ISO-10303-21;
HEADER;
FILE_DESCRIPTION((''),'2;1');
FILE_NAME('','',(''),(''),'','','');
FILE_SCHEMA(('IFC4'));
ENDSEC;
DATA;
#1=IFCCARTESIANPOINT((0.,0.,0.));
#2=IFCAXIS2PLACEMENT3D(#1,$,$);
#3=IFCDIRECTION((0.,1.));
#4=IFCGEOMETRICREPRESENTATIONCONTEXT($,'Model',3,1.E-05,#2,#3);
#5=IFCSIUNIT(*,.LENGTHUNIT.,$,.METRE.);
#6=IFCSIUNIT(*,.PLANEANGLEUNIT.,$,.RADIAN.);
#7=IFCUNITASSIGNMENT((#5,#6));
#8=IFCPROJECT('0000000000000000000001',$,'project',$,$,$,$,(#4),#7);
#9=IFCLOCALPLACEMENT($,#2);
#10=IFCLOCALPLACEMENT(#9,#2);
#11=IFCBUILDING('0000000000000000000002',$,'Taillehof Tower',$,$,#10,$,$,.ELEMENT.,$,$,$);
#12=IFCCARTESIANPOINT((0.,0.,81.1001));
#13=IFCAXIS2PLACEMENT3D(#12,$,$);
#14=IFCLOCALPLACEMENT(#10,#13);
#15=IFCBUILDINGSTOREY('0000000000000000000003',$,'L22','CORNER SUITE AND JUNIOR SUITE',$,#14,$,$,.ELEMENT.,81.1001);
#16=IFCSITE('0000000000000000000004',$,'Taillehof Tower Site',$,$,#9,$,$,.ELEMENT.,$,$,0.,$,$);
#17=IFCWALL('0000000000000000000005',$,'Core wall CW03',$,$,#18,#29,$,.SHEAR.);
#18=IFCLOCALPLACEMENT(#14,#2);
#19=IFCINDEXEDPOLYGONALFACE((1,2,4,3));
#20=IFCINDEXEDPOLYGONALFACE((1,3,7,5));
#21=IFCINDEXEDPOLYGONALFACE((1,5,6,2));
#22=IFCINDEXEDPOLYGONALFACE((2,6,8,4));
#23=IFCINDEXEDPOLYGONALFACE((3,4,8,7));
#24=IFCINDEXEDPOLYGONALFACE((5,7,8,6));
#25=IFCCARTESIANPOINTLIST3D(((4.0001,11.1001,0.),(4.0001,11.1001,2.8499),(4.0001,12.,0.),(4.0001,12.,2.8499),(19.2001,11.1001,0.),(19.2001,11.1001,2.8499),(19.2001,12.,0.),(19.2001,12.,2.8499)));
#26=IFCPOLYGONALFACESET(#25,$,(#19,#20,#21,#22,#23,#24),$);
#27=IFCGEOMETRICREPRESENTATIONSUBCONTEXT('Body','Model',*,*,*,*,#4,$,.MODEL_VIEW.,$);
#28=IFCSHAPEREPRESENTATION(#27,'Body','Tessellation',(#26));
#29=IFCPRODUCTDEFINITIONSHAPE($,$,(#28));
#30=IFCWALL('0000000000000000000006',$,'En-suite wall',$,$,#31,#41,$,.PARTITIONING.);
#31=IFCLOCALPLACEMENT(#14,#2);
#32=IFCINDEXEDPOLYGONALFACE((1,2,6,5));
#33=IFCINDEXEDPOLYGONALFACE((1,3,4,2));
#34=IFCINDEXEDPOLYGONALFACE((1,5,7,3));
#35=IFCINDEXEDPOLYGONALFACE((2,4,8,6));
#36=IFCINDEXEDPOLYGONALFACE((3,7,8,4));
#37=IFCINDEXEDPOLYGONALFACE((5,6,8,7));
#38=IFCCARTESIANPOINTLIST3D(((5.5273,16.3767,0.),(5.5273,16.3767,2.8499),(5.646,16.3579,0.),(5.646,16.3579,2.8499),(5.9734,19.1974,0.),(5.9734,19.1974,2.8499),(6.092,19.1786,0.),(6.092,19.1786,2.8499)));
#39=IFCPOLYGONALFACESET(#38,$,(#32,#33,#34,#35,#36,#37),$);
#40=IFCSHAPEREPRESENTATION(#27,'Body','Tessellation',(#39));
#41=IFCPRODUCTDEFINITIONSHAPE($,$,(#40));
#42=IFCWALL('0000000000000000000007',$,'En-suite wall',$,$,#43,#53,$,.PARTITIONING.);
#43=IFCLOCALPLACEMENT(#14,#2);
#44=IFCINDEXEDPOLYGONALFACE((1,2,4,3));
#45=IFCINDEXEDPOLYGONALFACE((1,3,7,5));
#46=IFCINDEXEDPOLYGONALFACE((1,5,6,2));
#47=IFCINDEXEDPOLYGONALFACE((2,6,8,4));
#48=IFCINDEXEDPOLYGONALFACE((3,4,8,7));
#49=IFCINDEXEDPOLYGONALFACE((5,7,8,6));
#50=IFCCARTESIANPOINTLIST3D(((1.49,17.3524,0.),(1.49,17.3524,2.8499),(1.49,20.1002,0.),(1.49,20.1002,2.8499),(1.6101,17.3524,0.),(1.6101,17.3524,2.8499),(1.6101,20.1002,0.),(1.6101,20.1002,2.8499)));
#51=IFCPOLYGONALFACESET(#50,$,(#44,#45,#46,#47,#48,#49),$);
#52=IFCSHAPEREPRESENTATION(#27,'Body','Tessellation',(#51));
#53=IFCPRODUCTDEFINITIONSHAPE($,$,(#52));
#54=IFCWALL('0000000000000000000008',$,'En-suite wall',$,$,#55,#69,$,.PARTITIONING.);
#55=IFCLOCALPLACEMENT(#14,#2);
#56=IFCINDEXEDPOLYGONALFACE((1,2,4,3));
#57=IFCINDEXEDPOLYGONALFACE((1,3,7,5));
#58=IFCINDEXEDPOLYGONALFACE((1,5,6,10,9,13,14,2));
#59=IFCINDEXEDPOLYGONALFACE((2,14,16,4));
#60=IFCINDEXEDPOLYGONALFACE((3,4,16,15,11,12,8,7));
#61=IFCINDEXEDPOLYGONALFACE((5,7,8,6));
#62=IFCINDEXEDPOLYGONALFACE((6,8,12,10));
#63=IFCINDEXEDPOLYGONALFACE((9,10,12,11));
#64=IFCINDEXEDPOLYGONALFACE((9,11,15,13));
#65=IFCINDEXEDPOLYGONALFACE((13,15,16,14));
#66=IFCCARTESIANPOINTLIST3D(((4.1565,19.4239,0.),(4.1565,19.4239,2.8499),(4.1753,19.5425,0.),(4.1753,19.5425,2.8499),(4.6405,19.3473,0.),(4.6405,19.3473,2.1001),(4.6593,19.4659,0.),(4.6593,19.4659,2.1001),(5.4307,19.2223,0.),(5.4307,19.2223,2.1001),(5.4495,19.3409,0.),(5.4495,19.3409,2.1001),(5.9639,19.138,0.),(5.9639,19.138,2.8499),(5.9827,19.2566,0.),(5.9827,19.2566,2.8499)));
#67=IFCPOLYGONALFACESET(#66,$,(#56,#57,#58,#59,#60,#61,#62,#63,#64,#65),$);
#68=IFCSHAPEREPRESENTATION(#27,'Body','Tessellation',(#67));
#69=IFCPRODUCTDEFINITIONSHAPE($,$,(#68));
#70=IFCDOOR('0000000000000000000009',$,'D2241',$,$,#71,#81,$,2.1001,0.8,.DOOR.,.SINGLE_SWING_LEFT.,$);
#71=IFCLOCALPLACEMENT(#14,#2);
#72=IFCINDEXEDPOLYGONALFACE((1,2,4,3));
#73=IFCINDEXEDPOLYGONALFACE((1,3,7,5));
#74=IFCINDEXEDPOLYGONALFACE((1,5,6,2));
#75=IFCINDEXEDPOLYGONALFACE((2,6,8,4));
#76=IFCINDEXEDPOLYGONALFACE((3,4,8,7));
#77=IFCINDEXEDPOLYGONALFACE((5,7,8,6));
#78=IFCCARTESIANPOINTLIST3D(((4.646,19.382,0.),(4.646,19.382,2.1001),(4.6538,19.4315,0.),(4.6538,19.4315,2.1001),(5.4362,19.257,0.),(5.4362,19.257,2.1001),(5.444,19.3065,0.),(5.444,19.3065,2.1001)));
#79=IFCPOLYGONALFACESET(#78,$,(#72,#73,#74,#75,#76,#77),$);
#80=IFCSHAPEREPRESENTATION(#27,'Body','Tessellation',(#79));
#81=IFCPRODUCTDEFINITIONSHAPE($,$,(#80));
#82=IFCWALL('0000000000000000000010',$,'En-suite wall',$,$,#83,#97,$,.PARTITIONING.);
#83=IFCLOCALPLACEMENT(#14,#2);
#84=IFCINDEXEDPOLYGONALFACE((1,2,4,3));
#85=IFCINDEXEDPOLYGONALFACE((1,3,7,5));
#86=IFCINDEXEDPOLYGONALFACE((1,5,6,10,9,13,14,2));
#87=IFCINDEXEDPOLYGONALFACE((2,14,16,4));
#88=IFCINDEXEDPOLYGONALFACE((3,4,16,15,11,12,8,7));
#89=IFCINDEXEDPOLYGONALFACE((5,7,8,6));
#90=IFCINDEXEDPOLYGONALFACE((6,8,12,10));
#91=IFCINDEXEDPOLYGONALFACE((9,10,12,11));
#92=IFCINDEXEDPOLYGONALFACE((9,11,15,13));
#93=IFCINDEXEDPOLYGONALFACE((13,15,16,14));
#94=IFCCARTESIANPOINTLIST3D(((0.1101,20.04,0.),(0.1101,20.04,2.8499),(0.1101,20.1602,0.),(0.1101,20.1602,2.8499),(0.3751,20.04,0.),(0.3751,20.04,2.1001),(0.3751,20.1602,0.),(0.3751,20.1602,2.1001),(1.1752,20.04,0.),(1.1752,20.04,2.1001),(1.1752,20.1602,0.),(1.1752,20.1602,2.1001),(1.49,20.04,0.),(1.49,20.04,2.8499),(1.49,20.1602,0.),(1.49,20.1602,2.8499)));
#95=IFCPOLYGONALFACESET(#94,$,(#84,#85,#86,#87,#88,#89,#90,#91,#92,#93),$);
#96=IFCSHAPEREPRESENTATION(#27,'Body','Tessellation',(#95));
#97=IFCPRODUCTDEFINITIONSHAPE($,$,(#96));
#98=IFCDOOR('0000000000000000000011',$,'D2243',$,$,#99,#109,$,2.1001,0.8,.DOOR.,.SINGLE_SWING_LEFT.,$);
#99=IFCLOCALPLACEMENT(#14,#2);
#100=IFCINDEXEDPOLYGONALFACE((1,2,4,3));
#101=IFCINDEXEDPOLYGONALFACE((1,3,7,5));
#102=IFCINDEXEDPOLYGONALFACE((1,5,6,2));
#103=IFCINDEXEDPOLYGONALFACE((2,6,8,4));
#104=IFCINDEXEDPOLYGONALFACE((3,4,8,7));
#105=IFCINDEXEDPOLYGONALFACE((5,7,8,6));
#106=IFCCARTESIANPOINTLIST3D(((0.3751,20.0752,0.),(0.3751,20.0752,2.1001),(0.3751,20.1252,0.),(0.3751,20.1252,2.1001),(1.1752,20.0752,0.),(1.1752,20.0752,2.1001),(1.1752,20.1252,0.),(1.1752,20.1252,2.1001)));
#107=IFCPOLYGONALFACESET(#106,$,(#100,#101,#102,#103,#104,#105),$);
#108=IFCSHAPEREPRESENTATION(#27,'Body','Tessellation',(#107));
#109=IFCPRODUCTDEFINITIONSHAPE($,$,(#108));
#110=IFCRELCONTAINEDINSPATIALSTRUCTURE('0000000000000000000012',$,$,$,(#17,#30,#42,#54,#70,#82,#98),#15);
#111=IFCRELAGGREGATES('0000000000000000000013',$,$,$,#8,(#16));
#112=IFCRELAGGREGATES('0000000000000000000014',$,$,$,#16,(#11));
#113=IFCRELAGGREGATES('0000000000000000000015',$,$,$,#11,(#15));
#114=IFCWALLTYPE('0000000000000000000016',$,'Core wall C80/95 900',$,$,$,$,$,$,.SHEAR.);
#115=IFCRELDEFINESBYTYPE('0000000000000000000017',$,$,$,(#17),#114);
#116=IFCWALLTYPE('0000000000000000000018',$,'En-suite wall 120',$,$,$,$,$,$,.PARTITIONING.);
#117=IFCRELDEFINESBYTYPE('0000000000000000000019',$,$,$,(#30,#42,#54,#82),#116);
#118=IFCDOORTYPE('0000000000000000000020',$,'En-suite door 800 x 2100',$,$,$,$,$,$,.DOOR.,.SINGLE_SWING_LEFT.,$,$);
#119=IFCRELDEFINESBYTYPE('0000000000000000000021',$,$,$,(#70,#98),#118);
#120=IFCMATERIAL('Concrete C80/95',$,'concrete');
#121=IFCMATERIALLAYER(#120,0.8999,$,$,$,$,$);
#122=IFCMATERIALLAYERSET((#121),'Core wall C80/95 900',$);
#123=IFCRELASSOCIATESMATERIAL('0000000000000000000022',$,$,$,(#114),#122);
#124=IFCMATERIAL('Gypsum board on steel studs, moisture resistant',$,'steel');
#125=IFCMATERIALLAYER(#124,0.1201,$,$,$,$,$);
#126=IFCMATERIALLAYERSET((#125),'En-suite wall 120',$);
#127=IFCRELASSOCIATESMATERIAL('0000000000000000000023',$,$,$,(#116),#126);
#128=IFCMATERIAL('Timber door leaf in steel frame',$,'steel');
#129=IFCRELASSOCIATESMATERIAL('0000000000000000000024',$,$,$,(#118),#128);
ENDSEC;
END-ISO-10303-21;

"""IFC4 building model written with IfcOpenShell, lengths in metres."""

from ifc_helpers import new_model, si_unit, direction, frame, frame_2d, origin, place, context, subcontext, project, spatial, rectangle, extrude, material, layer, layer_set, type_object, element, fill, save


model = new_model("IFC4")

# Units and contexts
model_context = context("Model", 3, precision=1e-05, world=origin(), true_north=direction((0.0, 1.0)))
body_context = subcontext(model_context, "Body", "Model", "MODEL_VIEW")
ifc_project = project(units=[si_unit("LENGTHUNIT", "METRE"), si_unit("PLANEANGLEUNIT", "RADIAN")], contexts=[model_context])

# Site, building, storey
site_placement = place(None, origin())
site = spatial("IfcSite", under=ifc_project, at=site_placement, Name="Taillehof Tower Site", CompositionType="ELEMENT", RefElevation=0.0)
building_placement = place(site_placement, origin())
building = spatial("IfcBuilding", under=site, at=building_placement, Name="Taillehof Tower", CompositionType="ELEMENT")
storey_placement = place(building_placement, frame((0.0, 0.0, 81.1001)))
storey = spatial("IfcBuildingStorey", under=building, at=storey_placement, Name="L22", Description="CORNER SUITE AND JUNIOR SUITE", CompositionType="ELEMENT", Elevation=81.1001)

# Walls
ifc_material_1 = material(Name="Concrete C80/95", Category="concrete")
ifc_layer_1 = layer(ifc_material_1, 0.8999)
ifc_layer_set_1 = layer_set([ifc_layer_1], Name="Core wall C80/95 900")
wall_type_1 = type_object("IfcWallType", Name="Core wall C80/95 900", PredefinedType="SHEAR", material=ifc_layer_set_1)
wall_1_placement = place(storey_placement, frame((4.0, 11.55, 0.0), z_axis=(0.0, 0.0, 1.0), x_axis=(1.0, 0.0, 0.0)))
element("IfcWall", 1, at=wall_1_placement, inside=storey, type_object=wall_type_1, Name="Core wall CW03", PredefinedType="SHEAR", context=body_context, shape_type="SweptSolid", body=[
    extrude(rectangle(XDim=15.2, YDim=0.8999, at=frame_2d((7.6001, 0.0))), origin(), (0.0, 0.0, 1.0), 2.8499),
])
ifc_material_2 = material(Name="Gypsum board on steel studs, moisture resistant", Category="steel")
ifc_layer_2 = layer(ifc_material_2, 0.1201)
ifc_layer_set_2 = layer_set([ifc_layer_2], Name="En-suite wall 120")
wall_type_2 = type_object("IfcWallType", Name="En-suite wall 120", PredefinedType="PARTITIONING", material=ifc_layer_set_2)
wall_2_placement = place(storey_placement, frame((5.5867, 16.3674, 0.0), z_axis=(0.0, 0.0, 1.0), x_axis=(0.1562, 0.987726, 0.0)))
element("IfcWall", 2, at=wall_2_placement, inside=storey, type_object=wall_type_2, Name="En-suite wall", PredefinedType="PARTITIONING", context=body_context, shape_type="SweptSolid", body=[
    extrude(rectangle(XDim=2.8557, YDim=0.1201, at=frame_2d((1.4277, 0.0))), origin(), (0.0, 0.0, 1.0), 2.8499),
])
wall_3_placement = place(storey_placement, frame((1.55, 17.3523, 0.0), z_axis=(0.0, 0.0, 1.0), x_axis=(0.0, 1.0, 0.0)))
element("IfcWall", 3, at=wall_3_placement, inside=storey, type_object=wall_type_2, Name="En-suite wall", PredefinedType="PARTITIONING", context=body_context, shape_type="SweptSolid", body=[
    extrude(rectangle(XDim=2.7478, YDim=0.1201, at=frame_2d((1.374, 0.0))), origin(), (0.0, 0.0, 1.0), 2.8499),
])

# Walls, openings, doors
wall_4_placement = place(storey_placement, frame((5.9734, 19.1973, 0.0), z_axis=(0.0, 0.0, 1.0), x_axis=(-0.98772, 0.156237, 0.0)))
wall_4 = element("IfcWall", 4, at=wall_4_placement, inside=storey, type_object=wall_type_2, Name="En-suite wall", PredefinedType="PARTITIONING", context=body_context, shape_type="SweptSolid", body=[
    extrude(rectangle(XDim=1.8298, YDim=0.1201, at=frame_2d((0.915, 0.0))), origin(), (0.0, 0.0, 1.0), 2.8499),
])
opening_1_placement = place(wall_4_placement, frame((0.54, 0.0, 0.0)))
opening_1 = element("IfcOpeningElement", 5, at=opening_1_placement, cuts=wall_4, PredefinedType="OPENING", context=body_context, shape_type="SweptSolid", body=[
    extrude(rectangle(XDim=0.8, YDim=2.1001, at=frame_2d((0.3999, 1.05))), frame((0.0, 0.0701, 0.0), z_axis=(0.0, -1.0, 0.0), x_axis=(1.0, 0.0, 0.0)), (0.0, 0.0, 1.0), 0.1401),
])
ifc_material_3 = material(Name="Timber door leaf in steel frame", Category="steel")
door_type_1 = type_object("IfcDoorType", Name="En-suite door 800 x 2100", OperationType="SINGLE_SWING_LEFT", PredefinedType="DOOR", material=ifc_material_3)
door_1_placement = place(opening_1_placement, origin())
door_1 = element("IfcDoor", 6, at=door_1_placement, inside=storey, type_object=door_type_1, Name="D2241", OperationType="SINGLE_SWING_LEFT", OverallHeight=2.1001, OverallWidth=0.8, PredefinedType="DOOR", context=body_context, shape_type="SweptSolid", body=[
    extrude(rectangle(XDim=0.8, YDim=2.1001, at=frame_2d((0.3999, 1.05))), frame((0.0, 0.0249, 0.0), z_axis=(0.0, -1.0, 0.0), x_axis=(1.0, 0.0, 0.0)), (0.0, 0.0, 1.0), 0.05),
])
fill(opening_1, door_1)
wall_5_placement = place(storey_placement, frame((1.49, 20.1001, 0.0), z_axis=(0.0, 0.0, 1.0), x_axis=(-1.0, 0.0, 0.0)))
wall_5 = element("IfcWall", 7, at=wall_5_placement, inside=storey, type_object=wall_type_2, Name="En-suite wall", PredefinedType="PARTITIONING", context=body_context, shape_type="SweptSolid", body=[
    extrude(rectangle(XDim=1.3799, YDim=0.1201, at=frame_2d((0.6899, 0.0))), origin(), (0.0, 0.0, 1.0), 2.8499),
])
opening_2_placement = place(wall_5_placement, frame((0.3149, 0.0, 0.0)))
opening_2 = element("IfcOpeningElement", 8, at=opening_2_placement, cuts=wall_5, PredefinedType="OPENING", context=body_context, shape_type="SweptSolid", body=[
    extrude(rectangle(XDim=0.8, YDim=2.1001, at=frame_2d((0.3999, 1.05))), frame((0.0, 0.0701, 0.0), z_axis=(0.0, -1.0, 0.0), x_axis=(1.0, 0.0, 0.0)), (0.0, 0.0, 1.0), 0.1401),
])
door_2_placement = place(opening_2_placement, origin())
door_2 = element("IfcDoor", 9, at=door_2_placement, inside=storey, type_object=door_type_1, Name="D2243", OperationType="SINGLE_SWING_LEFT", OverallHeight=2.1001, OverallWidth=0.8, PredefinedType="DOOR", context=body_context, shape_type="SweptSolid", body=[
    extrude(rectangle(XDim=0.8, YDim=2.1001, at=frame_2d((0.3999, 1.05))), frame((0.0, 0.0249, 0.0), z_axis=(0.0, -1.0, 0.0), x_axis=(1.0, 0.0, 0.0)), (0.0, 0.0, 1.0), 0.05),
])
fill(opening_2, door_2)

save(model, "model.ifc")
